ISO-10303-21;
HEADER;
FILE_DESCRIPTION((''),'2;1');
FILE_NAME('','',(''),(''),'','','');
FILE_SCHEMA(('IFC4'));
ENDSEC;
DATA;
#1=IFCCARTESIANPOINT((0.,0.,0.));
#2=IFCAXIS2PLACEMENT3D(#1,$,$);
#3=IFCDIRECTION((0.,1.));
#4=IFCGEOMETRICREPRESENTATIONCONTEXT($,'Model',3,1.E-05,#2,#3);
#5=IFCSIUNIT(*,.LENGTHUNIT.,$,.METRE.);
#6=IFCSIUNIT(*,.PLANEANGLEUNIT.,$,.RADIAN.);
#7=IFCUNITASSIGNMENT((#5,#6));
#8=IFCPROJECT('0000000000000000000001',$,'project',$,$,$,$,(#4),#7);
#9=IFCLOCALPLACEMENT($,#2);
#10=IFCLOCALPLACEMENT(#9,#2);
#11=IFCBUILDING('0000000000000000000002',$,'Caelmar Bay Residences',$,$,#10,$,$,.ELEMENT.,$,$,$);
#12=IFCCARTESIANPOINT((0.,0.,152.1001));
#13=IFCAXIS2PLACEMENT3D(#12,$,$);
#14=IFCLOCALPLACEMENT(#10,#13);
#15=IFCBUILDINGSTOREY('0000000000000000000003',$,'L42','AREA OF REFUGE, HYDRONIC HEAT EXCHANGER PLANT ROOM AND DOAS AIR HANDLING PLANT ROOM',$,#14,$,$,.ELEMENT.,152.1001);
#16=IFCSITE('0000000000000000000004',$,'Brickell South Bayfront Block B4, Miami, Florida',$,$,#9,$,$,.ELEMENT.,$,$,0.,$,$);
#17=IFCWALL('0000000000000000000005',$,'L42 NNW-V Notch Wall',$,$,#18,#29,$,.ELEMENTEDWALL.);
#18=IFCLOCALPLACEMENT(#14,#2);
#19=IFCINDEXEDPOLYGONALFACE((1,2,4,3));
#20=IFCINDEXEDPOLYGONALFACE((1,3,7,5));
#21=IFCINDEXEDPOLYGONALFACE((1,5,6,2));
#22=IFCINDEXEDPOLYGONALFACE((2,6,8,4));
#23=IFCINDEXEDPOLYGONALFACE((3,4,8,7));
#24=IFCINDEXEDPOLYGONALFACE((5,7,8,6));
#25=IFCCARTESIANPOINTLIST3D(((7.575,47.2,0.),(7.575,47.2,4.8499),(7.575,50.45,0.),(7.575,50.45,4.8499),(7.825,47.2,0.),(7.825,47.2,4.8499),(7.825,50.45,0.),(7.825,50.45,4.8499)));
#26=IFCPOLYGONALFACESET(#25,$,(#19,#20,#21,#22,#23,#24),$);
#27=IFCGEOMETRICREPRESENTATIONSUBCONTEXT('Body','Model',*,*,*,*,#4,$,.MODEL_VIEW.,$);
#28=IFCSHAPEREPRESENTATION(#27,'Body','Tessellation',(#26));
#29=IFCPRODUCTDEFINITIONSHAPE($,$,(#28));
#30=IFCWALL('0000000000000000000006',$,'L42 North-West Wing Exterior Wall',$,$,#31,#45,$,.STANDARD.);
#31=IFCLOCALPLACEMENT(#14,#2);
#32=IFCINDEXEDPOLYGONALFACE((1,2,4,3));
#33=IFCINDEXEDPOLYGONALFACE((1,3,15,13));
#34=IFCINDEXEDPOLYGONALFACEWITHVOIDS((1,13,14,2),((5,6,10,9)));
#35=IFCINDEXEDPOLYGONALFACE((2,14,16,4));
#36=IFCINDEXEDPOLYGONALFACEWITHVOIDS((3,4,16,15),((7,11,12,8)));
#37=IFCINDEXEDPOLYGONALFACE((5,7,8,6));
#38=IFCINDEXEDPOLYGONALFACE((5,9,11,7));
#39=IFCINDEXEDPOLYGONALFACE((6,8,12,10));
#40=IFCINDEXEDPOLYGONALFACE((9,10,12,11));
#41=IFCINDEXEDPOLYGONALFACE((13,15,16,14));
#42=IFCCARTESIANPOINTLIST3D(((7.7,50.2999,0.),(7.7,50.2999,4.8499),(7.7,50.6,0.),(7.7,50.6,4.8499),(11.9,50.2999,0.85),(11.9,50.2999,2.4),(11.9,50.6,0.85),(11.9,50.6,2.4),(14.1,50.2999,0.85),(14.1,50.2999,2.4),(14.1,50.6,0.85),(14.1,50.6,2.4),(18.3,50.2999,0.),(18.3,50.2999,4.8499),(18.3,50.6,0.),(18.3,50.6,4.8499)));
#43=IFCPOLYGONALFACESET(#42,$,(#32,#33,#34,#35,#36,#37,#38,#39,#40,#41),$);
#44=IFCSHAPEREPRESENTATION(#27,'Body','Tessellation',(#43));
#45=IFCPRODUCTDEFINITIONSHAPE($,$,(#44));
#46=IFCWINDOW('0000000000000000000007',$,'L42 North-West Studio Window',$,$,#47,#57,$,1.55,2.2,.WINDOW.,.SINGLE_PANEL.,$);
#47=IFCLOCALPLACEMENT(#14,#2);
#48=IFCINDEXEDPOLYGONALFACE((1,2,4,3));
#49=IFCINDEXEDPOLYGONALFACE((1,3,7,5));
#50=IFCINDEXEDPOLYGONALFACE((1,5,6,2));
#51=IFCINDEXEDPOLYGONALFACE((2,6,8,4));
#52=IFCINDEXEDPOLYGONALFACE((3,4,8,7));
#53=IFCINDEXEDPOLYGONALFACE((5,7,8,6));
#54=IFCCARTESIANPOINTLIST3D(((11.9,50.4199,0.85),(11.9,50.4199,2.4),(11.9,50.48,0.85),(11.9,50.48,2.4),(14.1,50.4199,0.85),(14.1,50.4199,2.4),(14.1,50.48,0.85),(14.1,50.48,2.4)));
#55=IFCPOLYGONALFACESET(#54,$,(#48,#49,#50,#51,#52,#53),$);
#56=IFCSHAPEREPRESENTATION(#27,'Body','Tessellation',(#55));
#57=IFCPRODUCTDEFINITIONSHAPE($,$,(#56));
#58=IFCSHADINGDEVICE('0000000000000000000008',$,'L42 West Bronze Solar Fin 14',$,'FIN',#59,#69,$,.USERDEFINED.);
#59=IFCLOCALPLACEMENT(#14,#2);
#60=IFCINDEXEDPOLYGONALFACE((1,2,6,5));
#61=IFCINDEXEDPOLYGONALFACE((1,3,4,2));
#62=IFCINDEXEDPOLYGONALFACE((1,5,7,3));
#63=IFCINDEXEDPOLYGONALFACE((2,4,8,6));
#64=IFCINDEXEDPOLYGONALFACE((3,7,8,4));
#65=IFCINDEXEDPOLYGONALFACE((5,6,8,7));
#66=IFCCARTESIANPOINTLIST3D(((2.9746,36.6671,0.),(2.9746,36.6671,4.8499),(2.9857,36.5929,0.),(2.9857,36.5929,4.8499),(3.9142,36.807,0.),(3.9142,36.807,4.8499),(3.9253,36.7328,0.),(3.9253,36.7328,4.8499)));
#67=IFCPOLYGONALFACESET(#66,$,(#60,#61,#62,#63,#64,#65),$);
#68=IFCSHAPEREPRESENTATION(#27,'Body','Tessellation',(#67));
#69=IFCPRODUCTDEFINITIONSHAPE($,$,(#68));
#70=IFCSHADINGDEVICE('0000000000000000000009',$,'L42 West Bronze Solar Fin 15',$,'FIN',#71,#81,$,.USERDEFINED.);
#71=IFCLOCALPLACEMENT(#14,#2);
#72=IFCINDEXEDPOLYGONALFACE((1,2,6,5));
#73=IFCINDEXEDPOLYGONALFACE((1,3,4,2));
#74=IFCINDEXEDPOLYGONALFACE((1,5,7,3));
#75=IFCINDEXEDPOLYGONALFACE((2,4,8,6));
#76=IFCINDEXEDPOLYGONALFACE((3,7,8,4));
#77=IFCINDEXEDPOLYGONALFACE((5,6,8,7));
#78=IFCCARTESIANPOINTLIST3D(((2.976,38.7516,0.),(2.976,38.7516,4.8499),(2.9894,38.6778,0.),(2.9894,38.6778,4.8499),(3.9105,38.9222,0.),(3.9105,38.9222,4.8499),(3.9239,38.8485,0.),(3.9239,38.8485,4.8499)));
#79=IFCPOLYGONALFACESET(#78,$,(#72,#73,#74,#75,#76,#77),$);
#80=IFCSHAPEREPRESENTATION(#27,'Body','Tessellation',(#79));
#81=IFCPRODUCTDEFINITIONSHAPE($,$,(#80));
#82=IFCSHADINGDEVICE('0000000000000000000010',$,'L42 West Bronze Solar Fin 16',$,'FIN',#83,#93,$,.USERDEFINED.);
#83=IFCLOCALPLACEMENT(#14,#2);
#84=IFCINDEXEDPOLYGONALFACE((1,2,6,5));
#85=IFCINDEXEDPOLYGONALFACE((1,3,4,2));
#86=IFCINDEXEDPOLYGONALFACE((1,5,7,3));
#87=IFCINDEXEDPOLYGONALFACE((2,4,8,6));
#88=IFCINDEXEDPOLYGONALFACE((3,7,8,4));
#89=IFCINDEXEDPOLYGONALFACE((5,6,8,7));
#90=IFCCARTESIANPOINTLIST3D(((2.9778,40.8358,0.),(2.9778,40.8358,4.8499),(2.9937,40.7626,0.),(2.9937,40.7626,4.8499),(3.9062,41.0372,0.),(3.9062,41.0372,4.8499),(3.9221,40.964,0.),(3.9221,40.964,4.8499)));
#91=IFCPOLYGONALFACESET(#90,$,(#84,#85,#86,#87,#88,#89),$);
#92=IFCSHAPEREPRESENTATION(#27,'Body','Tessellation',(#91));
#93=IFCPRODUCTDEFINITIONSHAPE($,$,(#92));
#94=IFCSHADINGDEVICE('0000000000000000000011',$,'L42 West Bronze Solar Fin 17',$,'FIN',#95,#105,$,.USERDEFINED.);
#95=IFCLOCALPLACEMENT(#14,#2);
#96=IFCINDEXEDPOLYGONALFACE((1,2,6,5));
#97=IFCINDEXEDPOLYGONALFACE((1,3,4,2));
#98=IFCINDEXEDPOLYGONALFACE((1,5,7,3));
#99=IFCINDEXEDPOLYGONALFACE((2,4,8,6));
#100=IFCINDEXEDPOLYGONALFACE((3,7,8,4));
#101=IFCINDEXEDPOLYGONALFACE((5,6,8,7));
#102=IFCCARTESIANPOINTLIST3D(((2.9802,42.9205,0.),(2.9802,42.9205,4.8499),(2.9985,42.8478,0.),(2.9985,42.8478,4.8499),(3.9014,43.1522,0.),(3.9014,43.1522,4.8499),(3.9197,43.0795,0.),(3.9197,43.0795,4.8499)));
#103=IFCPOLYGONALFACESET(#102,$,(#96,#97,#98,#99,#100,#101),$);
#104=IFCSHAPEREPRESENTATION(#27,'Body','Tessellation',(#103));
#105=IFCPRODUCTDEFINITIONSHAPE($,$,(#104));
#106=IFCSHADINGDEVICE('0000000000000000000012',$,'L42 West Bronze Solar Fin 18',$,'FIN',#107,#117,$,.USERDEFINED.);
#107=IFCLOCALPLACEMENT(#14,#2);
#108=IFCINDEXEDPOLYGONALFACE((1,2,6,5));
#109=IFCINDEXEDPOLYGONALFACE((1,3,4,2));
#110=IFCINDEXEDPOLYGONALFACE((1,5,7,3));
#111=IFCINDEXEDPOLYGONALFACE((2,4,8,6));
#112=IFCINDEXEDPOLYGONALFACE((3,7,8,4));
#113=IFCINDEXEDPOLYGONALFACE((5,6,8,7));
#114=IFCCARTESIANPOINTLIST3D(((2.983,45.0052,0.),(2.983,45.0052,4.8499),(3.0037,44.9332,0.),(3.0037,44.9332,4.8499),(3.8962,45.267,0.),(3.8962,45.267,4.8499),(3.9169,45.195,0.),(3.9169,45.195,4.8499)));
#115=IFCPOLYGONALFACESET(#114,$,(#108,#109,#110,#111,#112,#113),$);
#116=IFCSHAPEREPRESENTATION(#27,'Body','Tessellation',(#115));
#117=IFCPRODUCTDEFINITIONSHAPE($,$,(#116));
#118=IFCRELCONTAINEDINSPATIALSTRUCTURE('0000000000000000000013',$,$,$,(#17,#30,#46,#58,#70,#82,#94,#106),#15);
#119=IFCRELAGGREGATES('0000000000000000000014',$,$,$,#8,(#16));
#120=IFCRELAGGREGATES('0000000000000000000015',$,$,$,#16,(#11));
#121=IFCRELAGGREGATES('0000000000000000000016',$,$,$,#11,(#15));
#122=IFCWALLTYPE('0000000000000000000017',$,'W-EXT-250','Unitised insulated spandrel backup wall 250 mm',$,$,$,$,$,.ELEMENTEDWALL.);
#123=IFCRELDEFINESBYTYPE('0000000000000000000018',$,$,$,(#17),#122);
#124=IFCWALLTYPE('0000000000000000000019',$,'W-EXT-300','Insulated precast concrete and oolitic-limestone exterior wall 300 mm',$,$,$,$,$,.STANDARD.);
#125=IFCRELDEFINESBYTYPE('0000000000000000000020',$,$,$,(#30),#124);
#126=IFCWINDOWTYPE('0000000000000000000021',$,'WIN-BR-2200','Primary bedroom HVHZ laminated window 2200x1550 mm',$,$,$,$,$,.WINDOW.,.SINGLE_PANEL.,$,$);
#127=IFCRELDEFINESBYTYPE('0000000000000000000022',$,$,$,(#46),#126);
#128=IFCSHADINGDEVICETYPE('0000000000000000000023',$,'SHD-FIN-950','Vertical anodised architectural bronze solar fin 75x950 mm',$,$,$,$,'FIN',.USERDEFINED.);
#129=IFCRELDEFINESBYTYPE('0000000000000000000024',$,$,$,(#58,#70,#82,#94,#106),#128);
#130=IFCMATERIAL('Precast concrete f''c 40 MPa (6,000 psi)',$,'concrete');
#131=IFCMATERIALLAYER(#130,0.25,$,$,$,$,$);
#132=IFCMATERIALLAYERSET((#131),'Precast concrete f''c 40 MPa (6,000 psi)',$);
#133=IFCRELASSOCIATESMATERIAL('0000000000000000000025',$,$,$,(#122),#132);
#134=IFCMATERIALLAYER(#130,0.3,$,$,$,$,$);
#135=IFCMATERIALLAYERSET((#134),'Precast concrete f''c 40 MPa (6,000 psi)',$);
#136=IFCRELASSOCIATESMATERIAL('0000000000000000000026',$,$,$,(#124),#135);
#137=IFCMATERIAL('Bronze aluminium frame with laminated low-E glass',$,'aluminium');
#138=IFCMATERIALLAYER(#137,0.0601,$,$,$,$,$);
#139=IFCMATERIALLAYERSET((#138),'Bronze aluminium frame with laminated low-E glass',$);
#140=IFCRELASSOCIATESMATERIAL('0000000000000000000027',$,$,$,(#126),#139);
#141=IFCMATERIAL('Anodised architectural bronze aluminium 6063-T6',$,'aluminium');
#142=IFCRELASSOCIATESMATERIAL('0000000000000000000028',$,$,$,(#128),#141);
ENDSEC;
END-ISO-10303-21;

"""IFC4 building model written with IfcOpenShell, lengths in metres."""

from ifc_helpers import new_model, si_unit, direction, frame, frame_2d, origin, origin_2d, place, context, subcontext, project, spatial, rectangle, extrude, material, layer, layer_set, material_profile, profile_set, type_object, element, fill, save


model = new_model("IFC4")

# Units and contexts
model_context = context("Model", 3, precision=1e-05, world=origin(), true_north=direction((0.0, 1.0)))
body_context = subcontext(model_context, "Body", "Model", "MODEL_VIEW")
ifc_project = project(units=[si_unit("LENGTHUNIT", "METRE"), si_unit("PLANEANGLEUNIT", "RADIAN")], contexts=[model_context])

# Site, building, storey
site_placement = place(None, origin())
site = spatial("IfcSite", under=ifc_project, at=site_placement, Name="Brickell South Bayfront Block B4, Miami, Florida", CompositionType="ELEMENT", RefElevation=0.0)
building_placement = place(site_placement, origin())
building = spatial("IfcBuilding", under=site, at=building_placement, Name="Caelmar Bay Residences", CompositionType="ELEMENT")
storey_placement = place(building_placement, frame((0.0, 0.0, 152.1001)))
storey = spatial("IfcBuildingStorey", under=building, at=storey_placement, Name="L42", Description="AREA OF REFUGE, HYDRONIC HEAT EXCHANGER PLANT ROOM AND DOAS AIR HANDLING PLANT ROOM", CompositionType="ELEMENT", Elevation=152.1001)

# Wall
ifc_material_1 = material(Name="Precast concrete f'c 40 MPa (6,000 psi)", Category="concrete")
ifc_layer_1 = layer(ifc_material_1, 0.25)
ifc_layer_set_1 = layer_set([ifc_layer_1], Name="Precast concrete f'c 40 MPa (6,000 psi)")
wall_type_1 = type_object("IfcWallType", Name="W-EXT-250", Description="Unitised insulated spandrel backup wall 250 mm", PredefinedType="ELEMENTEDWALL", material=ifc_layer_set_1)
wall_1_placement = place(storey_placement, frame((7.7, 47.2, 0.0), z_axis=(0.0, 0.0, 1.0), x_axis=(0.0, 1.0, 0.0)))
element("IfcWall", 1, at=wall_1_placement, inside=storey, type_object=wall_type_1, Name="L42 NNW-V Notch Wall", PredefinedType="ELEMENTEDWALL", context=body_context, shape_type="SweptSolid", body=[
    extrude(rectangle(XDim=3.25, YDim=0.25, at=frame_2d((1.625, 0.0))), origin(), (0.0, 0.0, 1.0), 4.8499),
])

# Wall, opening, window
ifc_layer_2 = layer(ifc_material_1, 0.3)
ifc_layer_set_2 = layer_set([ifc_layer_2], Name="Precast concrete f'c 40 MPa (6,000 psi)")
wall_type_2 = type_object("IfcWallType", Name="W-EXT-300", Description="Insulated precast concrete and oolitic-limestone exterior wall 300 mm", PredefinedType="STANDARD", material=ifc_layer_set_2)
wall_2_placement = place(storey_placement, frame((7.7, 50.45, 0.0), z_axis=(0.0, 0.0, 1.0), x_axis=(1.0, 0.0, 0.0)))
wall_2 = element("IfcWall", 2, at=wall_2_placement, inside=storey, type_object=wall_type_2, Name="L42 North-West Wing Exterior Wall", PredefinedType="STANDARD", context=body_context, shape_type="SweptSolid", body=[
    extrude(rectangle(XDim=10.6001, YDim=0.3, at=frame_2d((5.3, 0.0))), origin(), (0.0, 0.0, 1.0), 4.8499),
])
opening_1_placement = place(wall_2_placement, frame((4.2, 0.0, 0.8501)))
opening_1 = element("IfcOpeningElement", 3, at=opening_1_placement, cuts=wall_2, PredefinedType="OPENING", context=body_context, shape_type="SweptSolid", body=[
    extrude(rectangle(XDim=2.2, YDim=1.55, at=frame_2d((1.1001, 0.7749))), frame((0.0, 0.1599, 0.0), z_axis=(0.0, -1.0, 0.0), x_axis=(1.0, 0.0, 0.0)), (0.0, 0.0, 1.0), 0.3201),
])
ifc_material_2 = material(Name="Bronze aluminium frame with laminated low-E glass", Category="aluminium")
ifc_layer_3 = layer(ifc_material_2, 0.0601)
ifc_layer_set_3 = layer_set([ifc_layer_3], Name="Bronze aluminium frame with laminated low-E glass")
window_type = type_object("IfcWindowType", Name="WIN-BR-2200", Description="Primary bedroom HVHZ laminated window 2200x1550 mm", PartitioningType="SINGLE_PANEL", PredefinedType="WINDOW", material=ifc_layer_set_3)
window_placement = place(opening_1_placement, origin())
window = element("IfcWindow", 4, at=window_placement, inside=storey, type_object=window_type, Name="L42 North-West Studio Window", OverallHeight=1.55, OverallWidth=2.2, PartitioningType="SINGLE_PANEL", PredefinedType="WINDOW", context=body_context, shape_type="SweptSolid", body=[
    extrude(rectangle(XDim=2.2, YDim=1.55, at=frame_2d((1.1001, 0.7749))), frame((0.0, 0.03, 0.0), z_axis=(0.0, -1.0, 0.0), x_axis=(1.0, 0.0, 0.0)), (0.0, 0.0, 1.0), 0.0601),
])
fill(opening_1, window)

# Shading devices
ifc_material_3 = material(Name="Anodised architectural bronze aluminium 6063-T6", Category="aluminium")
ifc_material_profile_1 = material_profile(ifc_material_3, rectangle(XDim=0.075, YDim=0.95, at=origin_2d()), Name="BRONZE-FIN-75X950")
ifc_profile_set_1 = profile_set([ifc_material_profile_1], Name="Anodised architectural bronze aluminium 6063-T6")
shading_device_type = type_object("IfcShadingDeviceType", Name="SHD-FIN-950", Description="Vertical anodised architectural bronze solar fin 75x950 mm", ElementType="FIN", PredefinedType="USERDEFINED", material=ifc_profile_set_1)
for number, where, z_axis, x_axis, name in (
    (5, (3.45, 36.7, 0.0), (0.0, 0.0, 1.0), (-0.147292, 0.989093, 0.0), "L42 West Bronze Solar Fin 14"),
    (6, (3.45, 38.8, 0.0), (0.0, 0.0, 1.0), (-0.179661, 0.983729, 0.0), "L42 West Bronze Solar Fin 15"),
    (7, (3.45, 40.8999, 0.0), (0.0, 0.0, 1.0), (-0.212007, 0.977268, 0.0), "L42 West Bronze Solar Fin 16"),
    (8, (3.45, 43.0, 0.0), (0.0, 0.0, 1.0), (-0.243954, 0.969787, 0.0), "L42 West Bronze Solar Fin 17"),
    (9, (3.45, 45.1001, 0.0), (0.0, 0.0, 1.0), (-0.275637, 0.961262, 0.0), "L42 West Bronze Solar Fin 18"),
):
    element("IfcShadingDevice", number, at=place(storey_placement, frame(where, z_axis=z_axis, x_axis=x_axis)), inside=storey, type_object=shading_device_type, Name=name, ObjectType="FIN", PredefinedType="USERDEFINED", context=body_context, shape_type="SweptSolid", body=[
        extrude(rectangle(XDim=0.075, YDim=0.95, at=origin_2d()), origin(), (0.0, 0.0, 1.0), 4.8499),
    ])

save(model, "model.ifc")
